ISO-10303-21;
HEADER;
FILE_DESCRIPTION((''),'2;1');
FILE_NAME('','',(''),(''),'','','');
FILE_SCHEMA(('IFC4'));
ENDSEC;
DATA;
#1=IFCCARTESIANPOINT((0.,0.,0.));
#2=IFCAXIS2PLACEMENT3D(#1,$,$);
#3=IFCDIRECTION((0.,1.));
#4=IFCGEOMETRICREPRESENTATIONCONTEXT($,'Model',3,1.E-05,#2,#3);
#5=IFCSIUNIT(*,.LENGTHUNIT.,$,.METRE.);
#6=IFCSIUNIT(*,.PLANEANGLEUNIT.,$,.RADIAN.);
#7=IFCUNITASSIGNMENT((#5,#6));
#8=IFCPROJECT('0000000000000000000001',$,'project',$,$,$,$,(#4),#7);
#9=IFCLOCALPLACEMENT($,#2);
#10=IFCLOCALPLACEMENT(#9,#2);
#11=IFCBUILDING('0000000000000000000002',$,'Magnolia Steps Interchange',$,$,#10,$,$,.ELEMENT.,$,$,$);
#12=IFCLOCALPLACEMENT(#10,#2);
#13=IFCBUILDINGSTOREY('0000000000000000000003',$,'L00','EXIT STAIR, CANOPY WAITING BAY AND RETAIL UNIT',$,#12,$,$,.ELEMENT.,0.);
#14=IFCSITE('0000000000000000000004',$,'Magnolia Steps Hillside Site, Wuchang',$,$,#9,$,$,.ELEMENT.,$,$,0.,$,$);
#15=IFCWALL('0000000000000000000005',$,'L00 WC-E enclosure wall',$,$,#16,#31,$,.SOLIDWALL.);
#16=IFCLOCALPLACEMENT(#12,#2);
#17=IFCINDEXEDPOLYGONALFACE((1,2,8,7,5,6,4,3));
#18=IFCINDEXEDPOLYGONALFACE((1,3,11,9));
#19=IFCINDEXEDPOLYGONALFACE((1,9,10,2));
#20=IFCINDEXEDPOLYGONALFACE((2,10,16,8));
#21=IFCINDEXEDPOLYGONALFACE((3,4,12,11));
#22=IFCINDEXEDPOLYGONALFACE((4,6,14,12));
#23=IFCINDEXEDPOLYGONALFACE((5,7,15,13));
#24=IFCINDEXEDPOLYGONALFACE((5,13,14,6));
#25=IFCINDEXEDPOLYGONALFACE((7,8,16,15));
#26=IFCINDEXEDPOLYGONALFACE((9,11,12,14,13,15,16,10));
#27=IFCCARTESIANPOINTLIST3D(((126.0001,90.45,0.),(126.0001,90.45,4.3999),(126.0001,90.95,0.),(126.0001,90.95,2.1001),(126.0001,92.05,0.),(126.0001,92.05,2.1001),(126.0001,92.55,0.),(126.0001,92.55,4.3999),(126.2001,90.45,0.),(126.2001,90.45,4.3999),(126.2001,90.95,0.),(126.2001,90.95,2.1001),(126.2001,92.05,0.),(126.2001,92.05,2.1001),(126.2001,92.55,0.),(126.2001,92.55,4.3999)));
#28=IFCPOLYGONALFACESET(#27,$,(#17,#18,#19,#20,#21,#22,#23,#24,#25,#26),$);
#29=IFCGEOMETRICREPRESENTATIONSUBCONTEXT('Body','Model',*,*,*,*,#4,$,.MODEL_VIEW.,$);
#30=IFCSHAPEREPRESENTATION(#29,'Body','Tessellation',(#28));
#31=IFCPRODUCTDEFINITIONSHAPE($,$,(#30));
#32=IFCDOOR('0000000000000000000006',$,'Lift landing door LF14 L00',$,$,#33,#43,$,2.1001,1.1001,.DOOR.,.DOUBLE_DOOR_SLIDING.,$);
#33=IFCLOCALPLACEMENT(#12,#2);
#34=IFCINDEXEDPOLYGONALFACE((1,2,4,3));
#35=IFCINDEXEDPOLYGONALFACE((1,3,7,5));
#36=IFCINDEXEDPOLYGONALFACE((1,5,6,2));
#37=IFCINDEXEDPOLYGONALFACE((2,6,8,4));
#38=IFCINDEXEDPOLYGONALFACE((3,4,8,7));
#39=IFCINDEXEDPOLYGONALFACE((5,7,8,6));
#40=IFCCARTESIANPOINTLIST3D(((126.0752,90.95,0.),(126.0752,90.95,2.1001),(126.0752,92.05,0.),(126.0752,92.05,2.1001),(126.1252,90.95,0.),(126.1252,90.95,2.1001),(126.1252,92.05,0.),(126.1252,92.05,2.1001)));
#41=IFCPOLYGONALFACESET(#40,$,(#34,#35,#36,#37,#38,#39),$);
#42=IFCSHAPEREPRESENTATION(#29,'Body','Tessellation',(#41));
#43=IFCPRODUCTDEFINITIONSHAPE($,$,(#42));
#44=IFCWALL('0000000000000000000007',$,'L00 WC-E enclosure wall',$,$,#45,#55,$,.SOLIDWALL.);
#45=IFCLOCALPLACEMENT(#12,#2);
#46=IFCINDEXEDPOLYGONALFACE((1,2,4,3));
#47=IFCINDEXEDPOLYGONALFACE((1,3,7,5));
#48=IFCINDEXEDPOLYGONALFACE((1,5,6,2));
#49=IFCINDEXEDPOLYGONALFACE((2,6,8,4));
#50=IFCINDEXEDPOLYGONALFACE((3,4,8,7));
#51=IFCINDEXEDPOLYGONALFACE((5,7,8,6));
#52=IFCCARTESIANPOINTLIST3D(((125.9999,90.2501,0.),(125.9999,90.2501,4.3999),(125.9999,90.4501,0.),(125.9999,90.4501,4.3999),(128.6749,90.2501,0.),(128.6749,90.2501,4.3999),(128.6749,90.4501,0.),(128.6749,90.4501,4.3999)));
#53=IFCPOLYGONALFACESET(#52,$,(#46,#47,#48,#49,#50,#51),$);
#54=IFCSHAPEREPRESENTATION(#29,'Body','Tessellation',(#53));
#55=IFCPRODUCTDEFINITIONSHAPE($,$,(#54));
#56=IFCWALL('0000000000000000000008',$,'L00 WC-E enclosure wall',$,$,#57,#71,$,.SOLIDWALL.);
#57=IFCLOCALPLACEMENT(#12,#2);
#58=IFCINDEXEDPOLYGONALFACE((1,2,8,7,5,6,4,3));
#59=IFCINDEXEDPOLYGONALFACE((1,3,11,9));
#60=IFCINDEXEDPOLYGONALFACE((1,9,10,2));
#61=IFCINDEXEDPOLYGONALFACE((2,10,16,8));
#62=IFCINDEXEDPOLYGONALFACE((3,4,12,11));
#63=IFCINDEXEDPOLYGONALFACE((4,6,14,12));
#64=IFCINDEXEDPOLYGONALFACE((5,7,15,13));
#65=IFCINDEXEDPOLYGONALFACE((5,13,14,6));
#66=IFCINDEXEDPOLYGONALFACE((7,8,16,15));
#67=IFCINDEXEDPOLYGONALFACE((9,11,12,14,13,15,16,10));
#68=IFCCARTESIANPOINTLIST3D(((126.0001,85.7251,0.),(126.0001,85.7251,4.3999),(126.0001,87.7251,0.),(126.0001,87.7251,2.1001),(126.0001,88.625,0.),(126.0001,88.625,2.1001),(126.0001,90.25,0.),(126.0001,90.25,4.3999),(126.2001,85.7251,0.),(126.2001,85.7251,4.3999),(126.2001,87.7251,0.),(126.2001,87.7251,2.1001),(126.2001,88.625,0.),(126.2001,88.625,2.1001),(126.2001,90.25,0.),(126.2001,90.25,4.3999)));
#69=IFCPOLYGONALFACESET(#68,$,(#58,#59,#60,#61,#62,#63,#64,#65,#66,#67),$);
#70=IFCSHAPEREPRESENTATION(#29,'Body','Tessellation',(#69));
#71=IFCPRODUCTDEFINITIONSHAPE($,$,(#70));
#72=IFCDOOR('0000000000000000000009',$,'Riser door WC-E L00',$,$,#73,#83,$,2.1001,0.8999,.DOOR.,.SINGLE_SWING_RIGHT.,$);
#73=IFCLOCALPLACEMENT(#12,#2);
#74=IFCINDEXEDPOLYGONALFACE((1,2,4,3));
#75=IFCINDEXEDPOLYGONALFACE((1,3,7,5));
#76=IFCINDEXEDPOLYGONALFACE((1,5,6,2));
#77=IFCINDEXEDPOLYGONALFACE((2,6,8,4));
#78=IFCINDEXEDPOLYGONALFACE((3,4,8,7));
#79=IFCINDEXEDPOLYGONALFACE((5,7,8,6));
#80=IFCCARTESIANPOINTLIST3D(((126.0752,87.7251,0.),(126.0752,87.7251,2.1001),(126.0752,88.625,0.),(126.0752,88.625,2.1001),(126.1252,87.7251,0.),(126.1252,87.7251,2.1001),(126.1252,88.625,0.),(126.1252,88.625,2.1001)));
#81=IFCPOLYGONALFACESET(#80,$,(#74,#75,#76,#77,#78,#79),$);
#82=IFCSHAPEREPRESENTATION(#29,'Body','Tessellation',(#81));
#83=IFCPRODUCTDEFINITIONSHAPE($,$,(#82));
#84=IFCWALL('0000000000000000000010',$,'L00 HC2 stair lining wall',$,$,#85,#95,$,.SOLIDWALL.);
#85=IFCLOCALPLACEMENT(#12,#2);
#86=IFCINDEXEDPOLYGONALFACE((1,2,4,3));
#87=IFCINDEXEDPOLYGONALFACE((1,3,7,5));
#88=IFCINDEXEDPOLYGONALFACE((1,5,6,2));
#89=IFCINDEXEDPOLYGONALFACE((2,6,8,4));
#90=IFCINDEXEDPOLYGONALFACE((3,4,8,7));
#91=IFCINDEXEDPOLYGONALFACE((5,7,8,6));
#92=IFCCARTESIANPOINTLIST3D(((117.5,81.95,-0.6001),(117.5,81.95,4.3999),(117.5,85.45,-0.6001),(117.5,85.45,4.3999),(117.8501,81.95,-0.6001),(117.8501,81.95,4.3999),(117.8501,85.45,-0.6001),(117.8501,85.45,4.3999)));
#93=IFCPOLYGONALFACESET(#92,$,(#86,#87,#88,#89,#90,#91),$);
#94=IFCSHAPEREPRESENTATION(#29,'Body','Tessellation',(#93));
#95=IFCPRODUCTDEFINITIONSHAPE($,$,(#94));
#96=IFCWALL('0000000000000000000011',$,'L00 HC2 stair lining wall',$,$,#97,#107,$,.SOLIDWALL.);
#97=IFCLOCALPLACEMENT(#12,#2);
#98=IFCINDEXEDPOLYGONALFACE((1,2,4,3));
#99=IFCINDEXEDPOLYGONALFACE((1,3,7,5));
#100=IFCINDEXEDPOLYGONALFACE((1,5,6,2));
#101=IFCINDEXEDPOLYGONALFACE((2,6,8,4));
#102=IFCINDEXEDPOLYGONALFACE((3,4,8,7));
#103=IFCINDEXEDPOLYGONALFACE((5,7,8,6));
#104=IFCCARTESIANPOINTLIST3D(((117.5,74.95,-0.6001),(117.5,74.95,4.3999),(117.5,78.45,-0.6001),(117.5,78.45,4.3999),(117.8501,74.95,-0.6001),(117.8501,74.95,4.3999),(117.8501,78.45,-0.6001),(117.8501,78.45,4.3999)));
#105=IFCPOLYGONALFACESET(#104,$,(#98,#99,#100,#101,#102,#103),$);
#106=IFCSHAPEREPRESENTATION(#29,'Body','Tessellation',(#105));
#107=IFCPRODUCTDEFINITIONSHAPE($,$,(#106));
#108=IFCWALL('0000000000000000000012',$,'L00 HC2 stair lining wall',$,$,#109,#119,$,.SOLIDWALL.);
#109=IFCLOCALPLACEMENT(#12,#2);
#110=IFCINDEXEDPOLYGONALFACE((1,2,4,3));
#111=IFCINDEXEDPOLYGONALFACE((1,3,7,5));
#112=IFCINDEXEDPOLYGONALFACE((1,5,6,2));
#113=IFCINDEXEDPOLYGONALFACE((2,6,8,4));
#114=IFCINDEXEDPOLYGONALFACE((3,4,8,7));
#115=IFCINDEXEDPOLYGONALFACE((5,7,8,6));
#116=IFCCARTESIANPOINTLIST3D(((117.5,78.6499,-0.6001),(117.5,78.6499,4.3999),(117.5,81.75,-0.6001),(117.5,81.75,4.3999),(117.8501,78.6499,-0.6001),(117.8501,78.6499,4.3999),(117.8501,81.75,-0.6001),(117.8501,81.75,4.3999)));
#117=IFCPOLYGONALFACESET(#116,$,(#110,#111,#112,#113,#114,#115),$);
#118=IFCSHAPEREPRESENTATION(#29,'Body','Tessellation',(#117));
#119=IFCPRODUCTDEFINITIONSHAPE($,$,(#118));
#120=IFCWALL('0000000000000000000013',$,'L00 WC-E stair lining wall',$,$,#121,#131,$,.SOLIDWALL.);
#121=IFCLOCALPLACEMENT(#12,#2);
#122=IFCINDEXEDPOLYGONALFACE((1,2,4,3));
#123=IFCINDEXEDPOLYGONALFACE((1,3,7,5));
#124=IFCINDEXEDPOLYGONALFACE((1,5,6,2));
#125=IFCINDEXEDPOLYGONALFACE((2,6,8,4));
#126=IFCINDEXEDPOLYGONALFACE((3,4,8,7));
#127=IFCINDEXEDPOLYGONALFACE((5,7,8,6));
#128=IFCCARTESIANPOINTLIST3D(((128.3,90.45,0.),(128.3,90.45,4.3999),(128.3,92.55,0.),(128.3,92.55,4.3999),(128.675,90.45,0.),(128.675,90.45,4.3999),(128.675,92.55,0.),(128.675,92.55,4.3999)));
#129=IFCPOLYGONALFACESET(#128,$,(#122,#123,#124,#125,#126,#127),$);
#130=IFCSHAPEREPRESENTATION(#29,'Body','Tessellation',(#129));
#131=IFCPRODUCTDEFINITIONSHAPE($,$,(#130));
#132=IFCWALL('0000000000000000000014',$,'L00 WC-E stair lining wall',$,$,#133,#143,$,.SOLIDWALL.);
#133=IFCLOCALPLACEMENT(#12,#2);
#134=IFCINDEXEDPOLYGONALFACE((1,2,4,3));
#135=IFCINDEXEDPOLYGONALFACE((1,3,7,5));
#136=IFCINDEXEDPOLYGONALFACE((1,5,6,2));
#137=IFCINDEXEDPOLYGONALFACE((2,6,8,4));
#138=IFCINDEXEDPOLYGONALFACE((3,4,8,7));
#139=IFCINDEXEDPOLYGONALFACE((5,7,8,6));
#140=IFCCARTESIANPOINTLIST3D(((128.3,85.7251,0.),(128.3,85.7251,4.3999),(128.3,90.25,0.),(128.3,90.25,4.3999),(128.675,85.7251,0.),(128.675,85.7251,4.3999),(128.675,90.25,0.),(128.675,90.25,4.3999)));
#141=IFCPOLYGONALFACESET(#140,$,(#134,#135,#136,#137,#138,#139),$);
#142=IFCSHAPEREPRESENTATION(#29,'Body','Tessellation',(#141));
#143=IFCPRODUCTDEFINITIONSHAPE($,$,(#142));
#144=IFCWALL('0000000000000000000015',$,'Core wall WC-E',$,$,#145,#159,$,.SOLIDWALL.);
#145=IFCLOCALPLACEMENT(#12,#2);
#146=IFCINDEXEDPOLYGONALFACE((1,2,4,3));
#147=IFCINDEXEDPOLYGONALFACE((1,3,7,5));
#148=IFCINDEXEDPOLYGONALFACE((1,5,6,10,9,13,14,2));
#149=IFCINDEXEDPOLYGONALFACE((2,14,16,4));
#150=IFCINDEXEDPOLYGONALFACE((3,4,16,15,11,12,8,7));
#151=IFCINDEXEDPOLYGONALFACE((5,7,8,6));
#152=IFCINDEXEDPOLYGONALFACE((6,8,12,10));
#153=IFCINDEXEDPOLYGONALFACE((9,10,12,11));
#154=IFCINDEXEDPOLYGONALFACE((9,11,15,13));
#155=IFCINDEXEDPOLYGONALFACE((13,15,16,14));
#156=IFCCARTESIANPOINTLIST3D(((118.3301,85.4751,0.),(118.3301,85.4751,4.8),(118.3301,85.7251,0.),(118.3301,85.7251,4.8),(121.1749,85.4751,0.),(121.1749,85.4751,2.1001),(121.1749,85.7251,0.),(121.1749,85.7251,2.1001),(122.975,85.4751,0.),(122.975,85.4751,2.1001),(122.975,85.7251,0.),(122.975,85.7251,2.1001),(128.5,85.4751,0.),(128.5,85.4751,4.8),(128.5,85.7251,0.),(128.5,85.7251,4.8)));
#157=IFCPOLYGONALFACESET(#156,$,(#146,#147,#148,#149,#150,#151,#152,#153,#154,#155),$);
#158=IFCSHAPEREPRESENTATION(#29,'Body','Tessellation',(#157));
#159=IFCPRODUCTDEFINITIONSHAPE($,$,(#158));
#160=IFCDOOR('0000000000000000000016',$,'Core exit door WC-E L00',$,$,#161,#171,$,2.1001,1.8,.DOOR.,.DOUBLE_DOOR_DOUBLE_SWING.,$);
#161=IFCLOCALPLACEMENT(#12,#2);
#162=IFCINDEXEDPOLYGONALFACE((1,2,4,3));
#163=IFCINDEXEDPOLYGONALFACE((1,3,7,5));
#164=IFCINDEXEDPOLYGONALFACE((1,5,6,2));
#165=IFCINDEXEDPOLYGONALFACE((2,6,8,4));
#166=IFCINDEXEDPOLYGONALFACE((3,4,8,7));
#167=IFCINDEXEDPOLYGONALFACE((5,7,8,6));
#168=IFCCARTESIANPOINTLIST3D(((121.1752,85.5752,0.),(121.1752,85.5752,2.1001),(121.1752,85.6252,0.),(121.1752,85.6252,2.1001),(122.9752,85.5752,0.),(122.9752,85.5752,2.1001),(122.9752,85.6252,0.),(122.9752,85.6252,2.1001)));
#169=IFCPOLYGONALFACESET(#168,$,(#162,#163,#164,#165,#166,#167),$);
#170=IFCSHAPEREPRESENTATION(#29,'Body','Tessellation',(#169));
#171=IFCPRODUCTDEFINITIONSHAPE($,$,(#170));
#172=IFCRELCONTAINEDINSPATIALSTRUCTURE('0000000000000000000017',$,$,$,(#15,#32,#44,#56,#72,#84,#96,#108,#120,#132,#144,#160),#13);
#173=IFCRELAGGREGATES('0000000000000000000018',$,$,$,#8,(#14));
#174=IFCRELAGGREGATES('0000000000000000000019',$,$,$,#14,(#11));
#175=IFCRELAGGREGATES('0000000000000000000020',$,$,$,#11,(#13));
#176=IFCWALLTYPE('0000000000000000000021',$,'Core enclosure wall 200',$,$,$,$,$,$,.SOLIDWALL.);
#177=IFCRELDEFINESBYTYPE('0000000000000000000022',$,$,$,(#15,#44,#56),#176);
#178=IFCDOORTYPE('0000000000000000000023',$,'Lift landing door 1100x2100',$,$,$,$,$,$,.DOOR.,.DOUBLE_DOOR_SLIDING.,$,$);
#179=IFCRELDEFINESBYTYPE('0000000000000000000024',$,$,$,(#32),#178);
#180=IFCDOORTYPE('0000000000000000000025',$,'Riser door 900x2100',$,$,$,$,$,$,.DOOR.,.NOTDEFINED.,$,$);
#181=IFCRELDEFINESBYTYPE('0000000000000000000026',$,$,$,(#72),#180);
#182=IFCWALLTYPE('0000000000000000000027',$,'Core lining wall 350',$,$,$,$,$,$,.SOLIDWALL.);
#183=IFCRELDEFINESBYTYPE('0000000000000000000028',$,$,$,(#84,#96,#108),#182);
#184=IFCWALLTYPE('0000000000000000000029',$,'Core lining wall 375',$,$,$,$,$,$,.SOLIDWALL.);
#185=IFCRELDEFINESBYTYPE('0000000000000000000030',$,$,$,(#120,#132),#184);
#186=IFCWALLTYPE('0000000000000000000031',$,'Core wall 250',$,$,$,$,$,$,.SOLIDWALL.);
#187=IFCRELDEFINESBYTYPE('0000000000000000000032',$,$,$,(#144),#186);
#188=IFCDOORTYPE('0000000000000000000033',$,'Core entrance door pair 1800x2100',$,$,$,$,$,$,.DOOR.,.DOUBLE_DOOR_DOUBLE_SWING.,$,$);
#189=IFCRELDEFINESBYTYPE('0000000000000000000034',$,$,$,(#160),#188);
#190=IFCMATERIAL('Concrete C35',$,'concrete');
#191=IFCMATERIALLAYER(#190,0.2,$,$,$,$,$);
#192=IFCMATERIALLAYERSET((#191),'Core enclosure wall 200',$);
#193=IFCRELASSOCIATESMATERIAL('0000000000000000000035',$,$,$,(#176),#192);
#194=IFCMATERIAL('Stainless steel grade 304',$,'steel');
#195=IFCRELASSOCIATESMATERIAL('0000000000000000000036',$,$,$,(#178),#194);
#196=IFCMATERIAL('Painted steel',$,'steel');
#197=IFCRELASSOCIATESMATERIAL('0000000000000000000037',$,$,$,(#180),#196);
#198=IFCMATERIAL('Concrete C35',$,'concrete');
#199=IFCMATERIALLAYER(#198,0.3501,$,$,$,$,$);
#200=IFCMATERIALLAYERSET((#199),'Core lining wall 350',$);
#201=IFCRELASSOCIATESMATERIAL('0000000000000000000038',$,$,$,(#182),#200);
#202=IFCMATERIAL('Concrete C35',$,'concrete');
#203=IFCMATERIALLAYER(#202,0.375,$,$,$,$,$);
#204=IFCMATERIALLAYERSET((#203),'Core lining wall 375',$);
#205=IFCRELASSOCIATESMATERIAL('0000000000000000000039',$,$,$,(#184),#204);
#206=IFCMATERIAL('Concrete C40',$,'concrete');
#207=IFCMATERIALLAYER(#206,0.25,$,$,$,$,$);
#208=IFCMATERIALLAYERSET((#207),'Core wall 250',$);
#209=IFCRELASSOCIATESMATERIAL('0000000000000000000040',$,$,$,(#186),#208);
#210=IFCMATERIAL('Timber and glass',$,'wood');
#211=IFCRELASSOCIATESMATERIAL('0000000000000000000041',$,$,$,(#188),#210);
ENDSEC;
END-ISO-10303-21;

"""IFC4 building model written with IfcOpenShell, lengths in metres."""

from ifc_helpers import new_model, si_unit, direction, frame, frame_2d, origin, place, context, subcontext, project, spatial, rectangle, extrude, material, layer, layer_set, type_object, element, fill, save


model = new_model("IFC4")

# Units and contexts
model_context = context("Model", 3, precision=1e-05, world=origin(), true_north=direction((0.0, 1.0)))
body_context = subcontext(model_context, "Body", "Model", "MODEL_VIEW")
ifc_project = project(units=[si_unit("LENGTHUNIT", "METRE"), si_unit("PLANEANGLEUNIT", "RADIAN")], contexts=[model_context])

# Site, building, storey
site_placement = place(None, origin())
site = spatial("IfcSite", under=ifc_project, at=site_placement, Name="Magnolia Steps Hillside Site, Wuchang", CompositionType="ELEMENT", RefElevation=0.0)
building_placement = place(site_placement, origin())
building = spatial("IfcBuilding", under=site, at=building_placement, Name="Magnolia Steps Interchange", CompositionType="ELEMENT")
storey_placement = place(building_placement, origin())
storey = spatial("IfcBuildingStorey", under=building, at=storey_placement, Name="L00", Description="EXIT STAIR, CANOPY WAITING BAY AND RETAIL UNIT", CompositionType="ELEMENT", Elevation=0.0)

# Shared definitions
ifc_material_1 = material(Name="Concrete C35", Category="concrete")
ifc_layer_1 = layer(ifc_material_1, 0.2)
ifc_layer_set_1 = layer_set([ifc_layer_1], Name="Core enclosure wall 200")
wall_type_1 = type_object("IfcWallType", Name="Core enclosure wall 200", PredefinedType="SOLIDWALL", material=ifc_layer_set_1)
ifc_material_2 = material(Name="Stainless steel grade 304", Category="steel")
door_type_1 = type_object("IfcDoorType", Name="Lift landing door 1100x2100", OperationType="DOUBLE_DOOR_SLIDING", PredefinedType="DOOR", material=ifc_material_2)

# Wall, opening, door
wall_1_placement = place(storey_placement, frame((126.1001, 92.55, 0.0), z_axis=(0.0, 0.0, 1.0), x_axis=(0.0, -1.0, 0.0)))
wall_1 = element("IfcWall", 1, at=wall_1_placement, inside=storey, type_object=wall_type_1, Name="L00 WC-E enclosure wall", PredefinedType="SOLIDWALL", context=body_context, shape_type="SweptSolid", body=[
    extrude(rectangle(XDim=2.1001, YDim=0.2, at=frame_2d((1.05, 0.0))), origin(), (0.0, 0.0, 1.0), 4.3999),
])
opening_1_placement = place(wall_1_placement, frame((0.5, 0.0, 0.0)))
opening_1 = element("IfcOpeningElement", 2, at=opening_1_placement, cuts=wall_1, PredefinedType="OPENING", context=body_context, shape_type="SweptSolid", body=[
    extrude(rectangle(XDim=1.1001, YDim=2.1001, at=frame_2d((0.55, 1.05))), frame((0.0, 0.1099, 0.0), z_axis=(0.0, -1.0, 0.0), x_axis=(1.0, 0.0, 0.0)), (0.0, 0.0, 1.0), 0.22),
])
door_1_placement = place(opening_1_placement, frame((1.1001, 0.0, 0.0), z_axis=(0.0, 0.0, 1.0), x_axis=(-1.0, 0.0, 0.0)))
door_1 = element("IfcDoor", 3, at=door_1_placement, inside=storey, type_object=door_type_1, Name="Lift landing door LF14 L00", OperationType="DOUBLE_DOOR_SLIDING", OverallHeight=2.1001, OverallWidth=1.1001, PredefinedType="DOOR", context=body_context, shape_type="SweptSolid", body=[
    extrude(rectangle(XDim=1.1001, YDim=2.1001, at=frame_2d((0.55, 1.05))), frame((0.0, 0.0249, 0.0), z_axis=(0.0, -1.0, 0.0), x_axis=(1.0, 0.0, 0.0)), (0.0, 0.0, 1.0), 0.05),
])
fill(opening_1, door_1)

# Wall
wall_2_placement = place(storey_placement, frame((126.0, 90.3501, 0.0), z_axis=(0.0, 0.0, 1.0), x_axis=(1.0, 0.0, 0.0)))
element("IfcWall", 4, at=wall_2_placement, inside=storey, type_object=wall_type_1, Name="L00 WC-E enclosure wall", PredefinedType="SOLIDWALL", context=body_context, shape_type="SweptSolid", body=[
    extrude(rectangle(XDim=2.675, YDim=0.2, at=frame_2d((1.3374, 0.0))), origin(), (0.0, 0.0, 1.0), 4.3999),
])

# Wall, opening, door
wall_3_placement = place(storey_placement, frame((126.1001, 90.25, 0.0), z_axis=(0.0, 0.0, 1.0), x_axis=(0.0, -1.0, 0.0)))
wall_3 = element("IfcWall", 5, at=wall_3_placement, inside=storey, type_object=wall_type_1, Name="L00 WC-E enclosure wall", PredefinedType="SOLIDWALL", context=body_context, shape_type="SweptSolid", body=[
    extrude(rectangle(XDim=4.5249, YDim=0.2, at=frame_2d((2.2625, 0.0))), origin(), (0.0, 0.0, 1.0), 4.3999),
])
opening_2_placement = place(wall_3_placement, frame((1.625, 0.0, 0.0)))
opening_2 = element("IfcOpeningElement", 6, at=opening_2_placement, cuts=wall_3, PredefinedType="OPENING", context=body_context, shape_type="SweptSolid", body=[
    extrude(rectangle(XDim=0.8999, YDim=2.1001, at=frame_2d((0.45, 1.05))), frame((0.0, 0.1099, 0.0), z_axis=(0.0, -1.0, 0.0), x_axis=(1.0, 0.0, 0.0)), (0.0, 0.0, 1.0), 0.22),
])
ifc_material_3 = material(Name="Painted steel", Category="steel")
door_type_2 = type_object("IfcDoorType", Name="Riser door 900x2100", OperationType="NOTDEFINED", PredefinedType="DOOR", material=ifc_material_3)
door_2_placement = place(opening_2_placement, frame((0.8999, 0.0, 0.0), z_axis=(0.0, 0.0, 1.0), x_axis=(-1.0, 0.0, 0.0)))
door_2 = element("IfcDoor", 7, at=door_2_placement, inside=storey, type_object=door_type_2, Name="Riser door WC-E L00", OperationType="SINGLE_SWING_RIGHT", OverallHeight=2.1001, OverallWidth=0.8999, PredefinedType="DOOR", context=body_context, shape_type="SweptSolid", body=[
    extrude(rectangle(XDim=0.8999, YDim=2.1001, at=frame_2d((0.45, 1.05))), frame((0.0, 0.0249, 0.0), z_axis=(0.0, -1.0, 0.0), x_axis=(1.0, 0.0, 0.0)), (0.0, 0.0, 1.0), 0.05),
])
fill(opening_2, door_2)

# Walls
ifc_material_4 = material(Name="Concrete C35", Category="concrete")
ifc_layer_2 = layer(ifc_material_4, 0.3501)
ifc_layer_set_2 = layer_set([ifc_layer_2], Name="Core lining wall 350")
wall_type_2 = type_object("IfcWallType", Name="Core lining wall 350", PredefinedType="SOLIDWALL", material=ifc_layer_set_2)
for number, where, z_axis, x_axis, name in (
    (8, (117.675, 85.45, -0.6001), (0.0, 0.0, 1.0), (0.0, -1.0, 0.0), "L00 HC2 stair lining wall"),
    (9, (117.675, 78.45, -0.6001), (0.0, 0.0, 1.0), (0.0, -1.0, 0.0), "L00 HC2 stair lining wall"),
):
    element("IfcWall", number, at=place(storey_placement, frame(where, z_axis=z_axis, x_axis=x_axis)), inside=storey, type_object=wall_type_2, Name=name, PredefinedType="SOLIDWALL", context=body_context, shape_type="SweptSolid", body=[
        extrude(rectangle(XDim=3.5, YDim=0.3501, at=frame_2d((1.75, 0.0))), origin(), (0.0, 0.0, 1.0), 5.0),
    ])
wall_4_placement = place(storey_placement, frame((117.675, 81.75, -0.6001), z_axis=(0.0, 0.0, 1.0), x_axis=(0.0, -1.0, 0.0)))
element("IfcWall", 10, at=wall_4_placement, inside=storey, type_object=wall_type_2, Name="L00 HC2 stair lining wall", PredefinedType="SOLIDWALL", context=body_context, shape_type="SweptSolid", body=[
    extrude(rectangle(XDim=3.1001, YDim=0.3501, at=frame_2d((1.55, 0.0))), origin(), (0.0, 0.0, 1.0), 5.0),
])
ifc_material_5 = material(Name="Concrete C35", Category="concrete")
ifc_layer_3 = layer(ifc_material_5, 0.375)
ifc_layer_set_3 = layer_set([ifc_layer_3], Name="Core lining wall 375")
wall_type_3 = type_object("IfcWallType", Name="Core lining wall 375", PredefinedType="SOLIDWALL", material=ifc_layer_set_3)
wall_5_placement = place(storey_placement, frame((128.4875, 92.55, 0.0), z_axis=(0.0, 0.0, 1.0), x_axis=(0.0, -1.0, 0.0)))
element("IfcWall", 11, at=wall_5_placement, inside=storey, type_object=wall_type_3, Name="L00 WC-E stair lining wall", PredefinedType="SOLIDWALL", context=body_context, shape_type="SweptSolid", body=[
    extrude(rectangle(XDim=2.1001, YDim=0.375, at=frame_2d((1.05, 0.0))), origin(), (0.0, 0.0, 1.0), 4.3999),
])
wall_6_placement = place(storey_placement, frame((128.4875, 90.25, 0.0), z_axis=(0.0, 0.0, 1.0), x_axis=(0.0, -1.0, 0.0)))
element("IfcWall", 12, at=wall_6_placement, inside=storey, type_object=wall_type_3, Name="L00 WC-E stair lining wall", PredefinedType="SOLIDWALL", context=body_context, shape_type="SweptSolid", body=[
    extrude(rectangle(XDim=4.5249, YDim=0.375, at=frame_2d((2.2625, 0.0))), origin(), (0.0, 0.0, 1.0), 4.3999),
])

# Wall, opening, door
ifc_material_6 = material(Name="Concrete C40", Category="concrete")
ifc_layer_4 = layer(ifc_material_6, 0.25)
ifc_layer_set_4 = layer_set([ifc_layer_4], Name="Core wall 250")
wall_type_4 = type_object("IfcWallType", Name="Core wall 250", PredefinedType="SOLIDWALL", material=ifc_layer_set_4)
wall_7_placement = place(storey_placement, frame((118.3301, 85.6001, 0.0), z_axis=(0.0, 0.0, 1.0), x_axis=(1.0, 0.0, 0.0)))
wall_7 = element("IfcWall", 13, at=wall_7_placement, inside=storey, type_object=wall_type_4, Name="Core wall WC-E", PredefinedType="SOLIDWALL", context=body_context, shape_type="SweptSolid", body=[
    extrude(rectangle(XDim=10.1699, YDim=0.25, at=frame_2d((5.085, 0.0))), origin(), (0.0, 0.0, 1.0), 4.8),
])
opening_3_placement = place(wall_7_placement, frame((2.845, 0.0, 0.0)))
opening_3 = element("IfcOpeningElement", 14, at=opening_3_placement, cuts=wall_7, PredefinedType="OPENING", context=body_context, shape_type="SweptSolid", body=[
    extrude(rectangle(XDim=1.8, YDim=2.1001, at=frame_2d((0.8999, 1.05))), frame((0.0, 0.135, 0.0), z_axis=(0.0, -1.0, 0.0), x_axis=(1.0, 0.0, 0.0)), (0.0, 0.0, 1.0), 0.27),
])
ifc_material_7 = material(Name="Timber and glass", Category="wood")
door_type_3 = type_object("IfcDoorType", Name="Core entrance door pair 1800x2100", OperationType="DOUBLE_DOOR_DOUBLE_SWING", PredefinedType="DOOR", material=ifc_material_7)
door_3_placement = place(opening_3_placement, frame((1.8, 0.0, 0.0), z_axis=(0.0, 0.0, 1.0), x_axis=(-1.0, 0.0, 0.0)))
door_3 = element("IfcDoor", 15, at=door_3_placement, inside=storey, type_object=door_type_3, Name="Core exit door WC-E L00", OperationType="DOUBLE_DOOR_DOUBLE_SWING", OverallHeight=2.1001, OverallWidth=1.8, PredefinedType="DOOR", context=body_context, shape_type="SweptSolid", body=[
    extrude(rectangle(XDim=1.8, YDim=2.1001, at=frame_2d((0.8999, 1.05))), frame((0.0, 0.0249, 0.0), z_axis=(0.0, -1.0, 0.0), x_axis=(1.0, 0.0, 0.0)), (0.0, 0.0, 1.0), 0.05),
])
fill(opening_3, door_3)

save(model, "model.ifc")
